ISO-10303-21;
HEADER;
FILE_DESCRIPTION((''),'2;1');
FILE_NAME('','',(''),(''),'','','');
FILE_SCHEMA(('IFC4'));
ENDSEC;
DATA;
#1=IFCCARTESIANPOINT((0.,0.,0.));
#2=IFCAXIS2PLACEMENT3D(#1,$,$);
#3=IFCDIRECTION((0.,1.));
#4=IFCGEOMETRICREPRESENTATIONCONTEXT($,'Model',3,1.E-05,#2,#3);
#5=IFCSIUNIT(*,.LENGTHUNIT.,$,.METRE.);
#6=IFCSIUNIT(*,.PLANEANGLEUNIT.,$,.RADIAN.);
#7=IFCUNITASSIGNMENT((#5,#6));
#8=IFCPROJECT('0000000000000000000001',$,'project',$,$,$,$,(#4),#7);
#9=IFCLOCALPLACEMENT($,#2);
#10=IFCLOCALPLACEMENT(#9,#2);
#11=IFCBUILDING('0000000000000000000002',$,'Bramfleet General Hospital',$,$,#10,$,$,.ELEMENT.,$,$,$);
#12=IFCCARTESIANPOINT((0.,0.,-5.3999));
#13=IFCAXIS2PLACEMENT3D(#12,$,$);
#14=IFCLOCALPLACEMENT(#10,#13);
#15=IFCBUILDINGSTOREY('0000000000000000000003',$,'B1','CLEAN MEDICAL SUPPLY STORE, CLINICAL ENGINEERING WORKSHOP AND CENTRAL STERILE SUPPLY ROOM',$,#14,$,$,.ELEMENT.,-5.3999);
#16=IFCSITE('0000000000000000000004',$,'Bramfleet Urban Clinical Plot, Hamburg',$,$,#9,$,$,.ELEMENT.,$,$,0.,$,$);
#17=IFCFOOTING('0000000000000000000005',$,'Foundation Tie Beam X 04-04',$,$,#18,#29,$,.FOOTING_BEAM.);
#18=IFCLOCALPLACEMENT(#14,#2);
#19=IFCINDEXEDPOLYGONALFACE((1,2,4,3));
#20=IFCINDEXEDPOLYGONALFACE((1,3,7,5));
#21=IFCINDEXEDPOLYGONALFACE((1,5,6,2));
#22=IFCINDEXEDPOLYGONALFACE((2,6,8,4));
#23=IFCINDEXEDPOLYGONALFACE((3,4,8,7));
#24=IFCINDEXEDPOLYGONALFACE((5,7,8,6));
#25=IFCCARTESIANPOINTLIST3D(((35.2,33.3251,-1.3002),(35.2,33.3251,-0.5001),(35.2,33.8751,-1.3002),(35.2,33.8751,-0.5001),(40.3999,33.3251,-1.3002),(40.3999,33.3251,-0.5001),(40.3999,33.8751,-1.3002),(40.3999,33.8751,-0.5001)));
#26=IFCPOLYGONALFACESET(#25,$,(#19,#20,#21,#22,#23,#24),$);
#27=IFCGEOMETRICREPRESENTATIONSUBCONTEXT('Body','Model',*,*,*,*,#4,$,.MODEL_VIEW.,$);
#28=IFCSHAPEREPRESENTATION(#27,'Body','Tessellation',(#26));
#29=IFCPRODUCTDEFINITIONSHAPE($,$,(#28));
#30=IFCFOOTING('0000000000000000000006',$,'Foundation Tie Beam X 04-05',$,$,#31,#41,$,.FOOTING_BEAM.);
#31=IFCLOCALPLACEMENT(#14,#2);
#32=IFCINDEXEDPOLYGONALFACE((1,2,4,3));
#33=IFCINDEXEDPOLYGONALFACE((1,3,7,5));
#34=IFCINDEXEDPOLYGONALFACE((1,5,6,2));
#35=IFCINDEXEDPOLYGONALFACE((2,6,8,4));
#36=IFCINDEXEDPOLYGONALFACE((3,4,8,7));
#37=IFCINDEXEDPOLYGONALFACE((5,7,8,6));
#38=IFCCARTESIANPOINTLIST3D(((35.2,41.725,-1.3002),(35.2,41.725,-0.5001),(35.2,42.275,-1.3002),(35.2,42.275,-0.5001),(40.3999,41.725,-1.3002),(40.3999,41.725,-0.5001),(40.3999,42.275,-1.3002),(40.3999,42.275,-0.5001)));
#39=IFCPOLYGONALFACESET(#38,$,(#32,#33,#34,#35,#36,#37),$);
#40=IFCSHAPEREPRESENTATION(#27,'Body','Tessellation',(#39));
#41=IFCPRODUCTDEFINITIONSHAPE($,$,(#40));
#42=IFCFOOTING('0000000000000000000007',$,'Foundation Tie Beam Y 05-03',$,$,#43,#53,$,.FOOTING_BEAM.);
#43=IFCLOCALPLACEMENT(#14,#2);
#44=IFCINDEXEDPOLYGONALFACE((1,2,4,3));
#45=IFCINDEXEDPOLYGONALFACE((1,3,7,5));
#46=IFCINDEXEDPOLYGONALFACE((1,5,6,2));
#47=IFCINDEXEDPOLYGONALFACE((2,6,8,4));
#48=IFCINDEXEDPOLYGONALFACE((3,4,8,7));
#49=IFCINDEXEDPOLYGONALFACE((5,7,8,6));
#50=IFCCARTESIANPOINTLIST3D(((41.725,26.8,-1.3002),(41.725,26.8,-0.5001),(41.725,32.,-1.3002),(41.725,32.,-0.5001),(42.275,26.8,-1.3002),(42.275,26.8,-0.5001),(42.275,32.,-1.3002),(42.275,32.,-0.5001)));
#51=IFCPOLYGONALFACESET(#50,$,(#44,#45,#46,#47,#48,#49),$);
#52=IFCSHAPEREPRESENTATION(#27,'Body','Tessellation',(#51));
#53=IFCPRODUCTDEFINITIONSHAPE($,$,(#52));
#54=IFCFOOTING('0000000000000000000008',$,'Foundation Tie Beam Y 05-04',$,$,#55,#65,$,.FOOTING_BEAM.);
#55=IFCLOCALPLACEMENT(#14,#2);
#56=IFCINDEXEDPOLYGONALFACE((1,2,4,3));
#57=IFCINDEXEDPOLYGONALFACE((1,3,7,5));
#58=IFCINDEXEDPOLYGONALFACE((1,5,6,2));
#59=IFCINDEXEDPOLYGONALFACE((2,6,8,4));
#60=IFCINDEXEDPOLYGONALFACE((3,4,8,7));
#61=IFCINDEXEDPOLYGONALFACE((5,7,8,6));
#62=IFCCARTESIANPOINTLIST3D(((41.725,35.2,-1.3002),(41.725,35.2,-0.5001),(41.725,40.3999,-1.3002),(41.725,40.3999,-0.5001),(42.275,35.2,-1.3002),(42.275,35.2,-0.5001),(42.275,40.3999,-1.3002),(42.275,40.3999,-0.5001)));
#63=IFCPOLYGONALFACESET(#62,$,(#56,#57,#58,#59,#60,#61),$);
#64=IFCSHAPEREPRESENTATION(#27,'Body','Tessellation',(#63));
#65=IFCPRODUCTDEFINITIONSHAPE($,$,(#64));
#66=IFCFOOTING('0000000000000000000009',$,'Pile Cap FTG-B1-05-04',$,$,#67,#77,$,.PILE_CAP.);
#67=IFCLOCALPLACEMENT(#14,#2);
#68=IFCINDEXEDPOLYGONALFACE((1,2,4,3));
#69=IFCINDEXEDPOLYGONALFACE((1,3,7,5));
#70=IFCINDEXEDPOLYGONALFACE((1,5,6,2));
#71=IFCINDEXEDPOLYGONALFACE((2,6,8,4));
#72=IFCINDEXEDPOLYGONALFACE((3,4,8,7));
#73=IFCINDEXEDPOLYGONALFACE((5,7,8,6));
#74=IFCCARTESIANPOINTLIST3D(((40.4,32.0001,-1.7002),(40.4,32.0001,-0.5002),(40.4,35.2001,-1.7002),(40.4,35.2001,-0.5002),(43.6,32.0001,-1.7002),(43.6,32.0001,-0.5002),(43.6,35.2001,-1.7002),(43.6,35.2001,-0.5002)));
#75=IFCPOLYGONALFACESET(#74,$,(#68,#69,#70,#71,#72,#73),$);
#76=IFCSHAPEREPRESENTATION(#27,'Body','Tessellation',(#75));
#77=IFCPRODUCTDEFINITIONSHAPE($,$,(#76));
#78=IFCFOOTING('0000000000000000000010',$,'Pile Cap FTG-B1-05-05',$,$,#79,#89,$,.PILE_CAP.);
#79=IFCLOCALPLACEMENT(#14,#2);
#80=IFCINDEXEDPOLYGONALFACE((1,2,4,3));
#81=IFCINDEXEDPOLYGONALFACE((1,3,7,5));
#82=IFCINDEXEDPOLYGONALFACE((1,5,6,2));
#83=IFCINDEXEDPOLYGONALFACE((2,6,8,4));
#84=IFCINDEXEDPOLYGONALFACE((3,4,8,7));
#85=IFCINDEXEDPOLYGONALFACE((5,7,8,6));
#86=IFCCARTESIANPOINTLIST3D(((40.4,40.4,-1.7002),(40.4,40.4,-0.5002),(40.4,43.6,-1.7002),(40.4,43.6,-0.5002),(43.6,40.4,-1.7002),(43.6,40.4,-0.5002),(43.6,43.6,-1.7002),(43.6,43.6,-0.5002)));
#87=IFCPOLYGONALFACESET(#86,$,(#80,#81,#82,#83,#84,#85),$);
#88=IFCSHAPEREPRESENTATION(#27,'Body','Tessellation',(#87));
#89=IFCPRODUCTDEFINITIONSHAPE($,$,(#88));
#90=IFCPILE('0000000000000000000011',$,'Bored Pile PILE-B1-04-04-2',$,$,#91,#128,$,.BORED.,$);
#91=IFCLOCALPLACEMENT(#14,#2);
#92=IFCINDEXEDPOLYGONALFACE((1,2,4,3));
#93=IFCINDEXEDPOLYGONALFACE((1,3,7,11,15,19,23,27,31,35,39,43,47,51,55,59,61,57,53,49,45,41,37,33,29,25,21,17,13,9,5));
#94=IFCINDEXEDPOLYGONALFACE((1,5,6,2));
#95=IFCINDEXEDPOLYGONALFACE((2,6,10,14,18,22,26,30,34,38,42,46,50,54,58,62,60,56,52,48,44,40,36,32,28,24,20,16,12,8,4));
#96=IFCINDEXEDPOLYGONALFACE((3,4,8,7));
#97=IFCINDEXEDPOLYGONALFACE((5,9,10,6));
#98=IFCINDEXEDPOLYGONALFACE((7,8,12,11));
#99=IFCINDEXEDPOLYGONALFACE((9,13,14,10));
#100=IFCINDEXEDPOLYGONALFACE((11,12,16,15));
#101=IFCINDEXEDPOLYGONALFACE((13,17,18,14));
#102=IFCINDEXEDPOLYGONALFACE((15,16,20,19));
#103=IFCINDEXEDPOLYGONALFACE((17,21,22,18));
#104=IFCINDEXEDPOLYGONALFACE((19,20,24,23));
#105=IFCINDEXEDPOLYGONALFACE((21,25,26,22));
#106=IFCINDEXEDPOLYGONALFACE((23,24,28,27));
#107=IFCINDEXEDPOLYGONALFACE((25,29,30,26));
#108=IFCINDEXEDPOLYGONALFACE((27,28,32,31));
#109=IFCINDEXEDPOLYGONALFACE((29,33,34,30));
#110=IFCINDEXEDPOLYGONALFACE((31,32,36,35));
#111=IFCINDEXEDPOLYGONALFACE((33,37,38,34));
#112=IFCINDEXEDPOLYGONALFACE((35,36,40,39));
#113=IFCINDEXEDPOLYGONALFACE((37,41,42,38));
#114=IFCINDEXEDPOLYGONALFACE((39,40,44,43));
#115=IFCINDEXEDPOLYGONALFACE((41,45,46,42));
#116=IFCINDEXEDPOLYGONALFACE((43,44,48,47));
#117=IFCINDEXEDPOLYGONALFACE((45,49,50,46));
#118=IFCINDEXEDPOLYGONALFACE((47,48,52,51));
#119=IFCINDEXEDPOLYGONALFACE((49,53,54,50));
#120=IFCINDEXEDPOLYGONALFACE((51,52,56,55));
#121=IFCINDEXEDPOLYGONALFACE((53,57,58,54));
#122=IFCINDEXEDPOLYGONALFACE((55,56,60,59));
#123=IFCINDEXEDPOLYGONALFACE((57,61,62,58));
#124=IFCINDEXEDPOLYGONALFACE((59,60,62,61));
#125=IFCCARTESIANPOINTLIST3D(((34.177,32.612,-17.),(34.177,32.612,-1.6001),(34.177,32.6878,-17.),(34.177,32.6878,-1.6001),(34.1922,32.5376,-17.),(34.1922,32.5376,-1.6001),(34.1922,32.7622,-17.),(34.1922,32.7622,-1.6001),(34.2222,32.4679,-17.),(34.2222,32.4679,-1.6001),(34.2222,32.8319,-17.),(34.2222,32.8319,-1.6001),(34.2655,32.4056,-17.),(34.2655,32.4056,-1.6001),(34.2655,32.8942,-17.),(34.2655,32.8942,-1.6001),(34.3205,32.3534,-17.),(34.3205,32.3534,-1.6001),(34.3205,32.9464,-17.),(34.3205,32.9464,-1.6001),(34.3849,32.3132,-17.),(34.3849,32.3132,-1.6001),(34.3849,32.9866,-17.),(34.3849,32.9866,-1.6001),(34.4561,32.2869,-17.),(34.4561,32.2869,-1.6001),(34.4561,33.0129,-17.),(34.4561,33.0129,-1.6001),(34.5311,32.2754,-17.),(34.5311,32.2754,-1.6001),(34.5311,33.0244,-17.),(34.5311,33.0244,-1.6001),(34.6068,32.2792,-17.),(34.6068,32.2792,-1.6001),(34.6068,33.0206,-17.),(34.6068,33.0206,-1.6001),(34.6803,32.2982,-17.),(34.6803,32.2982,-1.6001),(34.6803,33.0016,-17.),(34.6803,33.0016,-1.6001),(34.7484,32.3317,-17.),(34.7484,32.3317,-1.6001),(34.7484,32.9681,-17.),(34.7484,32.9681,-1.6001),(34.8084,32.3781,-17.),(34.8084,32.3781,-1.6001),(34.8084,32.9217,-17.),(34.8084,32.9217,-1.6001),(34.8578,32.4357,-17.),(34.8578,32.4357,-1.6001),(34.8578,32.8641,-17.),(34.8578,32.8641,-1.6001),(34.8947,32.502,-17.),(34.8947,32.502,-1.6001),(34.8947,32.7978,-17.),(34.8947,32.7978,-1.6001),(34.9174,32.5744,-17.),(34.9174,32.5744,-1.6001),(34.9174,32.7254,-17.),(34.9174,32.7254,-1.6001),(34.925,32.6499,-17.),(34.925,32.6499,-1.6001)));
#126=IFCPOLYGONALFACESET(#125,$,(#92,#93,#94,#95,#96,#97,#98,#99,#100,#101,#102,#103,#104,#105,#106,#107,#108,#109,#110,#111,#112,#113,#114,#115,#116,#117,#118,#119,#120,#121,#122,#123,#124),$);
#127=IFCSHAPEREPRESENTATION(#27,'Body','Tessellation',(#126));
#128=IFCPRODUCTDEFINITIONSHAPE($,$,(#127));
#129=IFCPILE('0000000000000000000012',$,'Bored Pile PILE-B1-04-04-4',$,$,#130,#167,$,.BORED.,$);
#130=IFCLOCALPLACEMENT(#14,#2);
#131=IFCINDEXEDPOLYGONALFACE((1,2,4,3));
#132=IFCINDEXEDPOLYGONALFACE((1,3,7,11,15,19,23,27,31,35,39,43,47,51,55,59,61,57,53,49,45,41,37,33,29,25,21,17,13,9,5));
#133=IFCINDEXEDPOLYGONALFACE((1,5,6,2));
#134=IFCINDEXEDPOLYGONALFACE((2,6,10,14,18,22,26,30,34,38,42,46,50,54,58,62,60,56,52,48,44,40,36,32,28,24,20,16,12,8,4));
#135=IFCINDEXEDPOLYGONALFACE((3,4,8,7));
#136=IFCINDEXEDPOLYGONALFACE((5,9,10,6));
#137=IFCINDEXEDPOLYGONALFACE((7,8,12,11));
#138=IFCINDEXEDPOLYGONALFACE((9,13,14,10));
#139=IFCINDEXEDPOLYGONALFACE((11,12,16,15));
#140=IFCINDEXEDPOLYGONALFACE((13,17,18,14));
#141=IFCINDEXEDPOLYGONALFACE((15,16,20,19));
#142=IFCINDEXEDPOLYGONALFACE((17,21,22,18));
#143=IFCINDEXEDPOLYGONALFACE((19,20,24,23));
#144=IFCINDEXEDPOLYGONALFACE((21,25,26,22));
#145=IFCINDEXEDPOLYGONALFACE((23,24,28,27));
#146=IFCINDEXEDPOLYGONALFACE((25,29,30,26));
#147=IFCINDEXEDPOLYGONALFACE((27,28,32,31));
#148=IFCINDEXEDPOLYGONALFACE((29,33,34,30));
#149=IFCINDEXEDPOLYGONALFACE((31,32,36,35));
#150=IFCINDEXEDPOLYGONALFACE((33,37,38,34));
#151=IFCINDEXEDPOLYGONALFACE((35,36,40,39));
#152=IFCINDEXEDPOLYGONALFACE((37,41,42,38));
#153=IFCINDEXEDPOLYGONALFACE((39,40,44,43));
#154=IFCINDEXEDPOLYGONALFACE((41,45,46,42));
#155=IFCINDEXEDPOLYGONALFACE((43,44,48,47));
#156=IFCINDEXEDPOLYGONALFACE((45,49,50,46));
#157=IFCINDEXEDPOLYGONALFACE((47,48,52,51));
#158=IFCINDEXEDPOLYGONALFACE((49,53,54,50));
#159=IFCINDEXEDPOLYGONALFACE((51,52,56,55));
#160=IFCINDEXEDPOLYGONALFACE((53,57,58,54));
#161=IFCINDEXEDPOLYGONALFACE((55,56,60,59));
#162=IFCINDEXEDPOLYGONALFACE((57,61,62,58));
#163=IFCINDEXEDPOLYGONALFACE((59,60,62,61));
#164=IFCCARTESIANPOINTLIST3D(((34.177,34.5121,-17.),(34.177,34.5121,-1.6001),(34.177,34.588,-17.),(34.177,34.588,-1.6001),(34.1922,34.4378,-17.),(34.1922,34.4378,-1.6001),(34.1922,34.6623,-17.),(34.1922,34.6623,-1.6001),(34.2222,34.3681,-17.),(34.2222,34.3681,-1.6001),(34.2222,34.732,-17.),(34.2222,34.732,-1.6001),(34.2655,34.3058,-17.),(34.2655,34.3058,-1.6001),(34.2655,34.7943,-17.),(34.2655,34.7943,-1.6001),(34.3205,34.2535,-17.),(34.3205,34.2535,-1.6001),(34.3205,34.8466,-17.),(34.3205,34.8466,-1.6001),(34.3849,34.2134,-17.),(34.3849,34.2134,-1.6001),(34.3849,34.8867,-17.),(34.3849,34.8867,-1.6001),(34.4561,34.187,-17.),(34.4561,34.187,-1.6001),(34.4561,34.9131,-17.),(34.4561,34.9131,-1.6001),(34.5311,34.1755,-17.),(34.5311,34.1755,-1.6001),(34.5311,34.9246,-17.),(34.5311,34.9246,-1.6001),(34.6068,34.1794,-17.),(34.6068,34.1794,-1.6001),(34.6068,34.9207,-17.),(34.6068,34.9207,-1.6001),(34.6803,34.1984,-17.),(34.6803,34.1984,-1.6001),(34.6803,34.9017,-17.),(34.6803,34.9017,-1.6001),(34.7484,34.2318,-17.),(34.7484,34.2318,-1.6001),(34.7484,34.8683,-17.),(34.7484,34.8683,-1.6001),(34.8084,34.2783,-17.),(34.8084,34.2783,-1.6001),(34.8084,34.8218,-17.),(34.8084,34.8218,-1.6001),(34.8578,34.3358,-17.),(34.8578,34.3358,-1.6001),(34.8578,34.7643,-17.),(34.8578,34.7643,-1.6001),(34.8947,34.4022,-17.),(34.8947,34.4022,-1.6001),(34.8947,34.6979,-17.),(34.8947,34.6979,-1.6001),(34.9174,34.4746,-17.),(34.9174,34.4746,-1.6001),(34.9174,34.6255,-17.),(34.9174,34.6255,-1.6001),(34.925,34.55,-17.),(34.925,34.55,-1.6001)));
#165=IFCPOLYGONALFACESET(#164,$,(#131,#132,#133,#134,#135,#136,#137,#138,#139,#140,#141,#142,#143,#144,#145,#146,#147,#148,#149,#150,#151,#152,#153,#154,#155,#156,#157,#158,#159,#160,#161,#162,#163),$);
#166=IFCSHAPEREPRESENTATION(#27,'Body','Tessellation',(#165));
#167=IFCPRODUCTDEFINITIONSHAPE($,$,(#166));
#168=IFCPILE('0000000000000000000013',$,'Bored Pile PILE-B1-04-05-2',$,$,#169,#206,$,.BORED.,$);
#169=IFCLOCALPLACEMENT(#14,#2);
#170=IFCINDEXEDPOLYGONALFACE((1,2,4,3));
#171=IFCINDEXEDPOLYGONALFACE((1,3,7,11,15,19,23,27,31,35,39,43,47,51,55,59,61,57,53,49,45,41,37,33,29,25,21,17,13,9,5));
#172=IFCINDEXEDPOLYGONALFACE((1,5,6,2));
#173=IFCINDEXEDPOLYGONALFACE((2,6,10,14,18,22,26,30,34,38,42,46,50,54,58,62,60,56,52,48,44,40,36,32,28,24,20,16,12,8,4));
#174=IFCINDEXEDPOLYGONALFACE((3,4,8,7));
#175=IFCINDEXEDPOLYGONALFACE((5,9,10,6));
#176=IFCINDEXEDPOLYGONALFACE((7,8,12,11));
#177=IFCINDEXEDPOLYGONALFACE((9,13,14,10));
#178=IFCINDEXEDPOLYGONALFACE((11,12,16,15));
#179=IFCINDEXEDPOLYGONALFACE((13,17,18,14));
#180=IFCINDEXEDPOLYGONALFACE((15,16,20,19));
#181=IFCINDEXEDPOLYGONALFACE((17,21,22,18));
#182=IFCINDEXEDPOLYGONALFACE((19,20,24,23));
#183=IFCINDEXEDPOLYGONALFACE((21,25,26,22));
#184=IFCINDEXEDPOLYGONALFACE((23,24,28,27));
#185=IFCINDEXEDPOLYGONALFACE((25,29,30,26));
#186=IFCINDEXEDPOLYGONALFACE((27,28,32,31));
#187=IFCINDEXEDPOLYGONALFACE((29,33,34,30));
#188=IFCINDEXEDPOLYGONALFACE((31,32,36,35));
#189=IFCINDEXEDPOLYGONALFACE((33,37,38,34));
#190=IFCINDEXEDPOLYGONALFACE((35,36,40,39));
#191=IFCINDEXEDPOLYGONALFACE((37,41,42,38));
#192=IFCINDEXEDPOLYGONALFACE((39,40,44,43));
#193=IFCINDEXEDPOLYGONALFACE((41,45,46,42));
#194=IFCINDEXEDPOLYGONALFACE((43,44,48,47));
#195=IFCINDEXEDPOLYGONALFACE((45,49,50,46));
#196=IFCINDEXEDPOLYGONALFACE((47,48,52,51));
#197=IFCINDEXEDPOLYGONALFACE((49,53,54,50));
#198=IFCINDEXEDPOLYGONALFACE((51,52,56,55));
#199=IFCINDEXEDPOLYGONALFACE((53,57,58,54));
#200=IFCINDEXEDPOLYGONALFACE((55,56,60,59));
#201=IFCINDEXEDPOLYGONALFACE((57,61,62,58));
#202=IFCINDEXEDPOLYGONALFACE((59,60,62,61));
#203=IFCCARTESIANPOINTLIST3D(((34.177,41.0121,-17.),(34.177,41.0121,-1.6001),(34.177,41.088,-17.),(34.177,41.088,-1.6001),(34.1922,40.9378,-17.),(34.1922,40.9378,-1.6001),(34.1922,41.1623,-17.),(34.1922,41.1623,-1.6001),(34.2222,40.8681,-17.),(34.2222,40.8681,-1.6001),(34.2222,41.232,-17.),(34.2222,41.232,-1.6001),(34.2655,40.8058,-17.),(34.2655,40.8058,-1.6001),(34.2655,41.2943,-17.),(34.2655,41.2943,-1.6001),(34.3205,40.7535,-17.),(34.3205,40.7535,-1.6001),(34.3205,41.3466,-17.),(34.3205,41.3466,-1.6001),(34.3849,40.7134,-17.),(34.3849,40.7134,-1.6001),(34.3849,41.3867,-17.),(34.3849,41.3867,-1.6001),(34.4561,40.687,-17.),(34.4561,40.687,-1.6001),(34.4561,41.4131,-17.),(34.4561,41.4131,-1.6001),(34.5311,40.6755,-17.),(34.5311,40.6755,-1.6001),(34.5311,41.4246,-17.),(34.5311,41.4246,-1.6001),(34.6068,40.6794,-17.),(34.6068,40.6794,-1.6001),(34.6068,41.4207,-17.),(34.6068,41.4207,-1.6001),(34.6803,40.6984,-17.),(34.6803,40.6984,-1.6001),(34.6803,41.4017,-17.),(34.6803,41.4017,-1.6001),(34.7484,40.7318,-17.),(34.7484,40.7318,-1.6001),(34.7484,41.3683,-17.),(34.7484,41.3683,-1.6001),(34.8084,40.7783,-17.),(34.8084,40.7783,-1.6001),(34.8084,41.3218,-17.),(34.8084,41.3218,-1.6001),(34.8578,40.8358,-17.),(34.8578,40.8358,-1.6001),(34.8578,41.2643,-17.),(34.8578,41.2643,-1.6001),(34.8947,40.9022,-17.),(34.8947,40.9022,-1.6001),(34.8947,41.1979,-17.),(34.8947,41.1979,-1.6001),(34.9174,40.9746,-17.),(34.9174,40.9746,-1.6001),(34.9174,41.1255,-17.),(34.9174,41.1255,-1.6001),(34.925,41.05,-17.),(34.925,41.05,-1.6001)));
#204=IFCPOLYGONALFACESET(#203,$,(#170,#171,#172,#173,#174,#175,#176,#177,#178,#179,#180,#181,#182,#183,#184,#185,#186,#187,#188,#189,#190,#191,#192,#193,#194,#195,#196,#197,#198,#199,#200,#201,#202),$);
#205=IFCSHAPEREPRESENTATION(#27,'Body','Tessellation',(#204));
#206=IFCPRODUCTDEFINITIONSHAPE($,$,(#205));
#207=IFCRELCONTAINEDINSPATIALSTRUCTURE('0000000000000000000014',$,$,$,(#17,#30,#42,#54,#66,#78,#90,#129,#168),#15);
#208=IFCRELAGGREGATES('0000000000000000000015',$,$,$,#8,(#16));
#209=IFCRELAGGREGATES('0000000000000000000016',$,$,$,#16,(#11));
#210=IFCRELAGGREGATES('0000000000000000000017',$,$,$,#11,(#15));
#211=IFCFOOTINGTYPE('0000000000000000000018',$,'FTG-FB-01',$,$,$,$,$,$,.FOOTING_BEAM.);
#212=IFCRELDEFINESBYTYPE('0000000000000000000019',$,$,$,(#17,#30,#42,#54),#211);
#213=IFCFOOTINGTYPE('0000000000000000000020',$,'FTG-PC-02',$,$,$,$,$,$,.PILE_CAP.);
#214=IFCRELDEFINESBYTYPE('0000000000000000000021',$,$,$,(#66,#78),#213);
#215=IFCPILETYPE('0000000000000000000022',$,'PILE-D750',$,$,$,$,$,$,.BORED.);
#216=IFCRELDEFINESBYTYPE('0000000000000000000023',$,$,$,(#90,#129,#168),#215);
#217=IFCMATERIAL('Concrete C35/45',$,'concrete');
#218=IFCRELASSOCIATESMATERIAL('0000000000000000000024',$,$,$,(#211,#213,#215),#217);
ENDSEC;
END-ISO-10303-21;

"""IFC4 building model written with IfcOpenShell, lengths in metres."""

from ifc_helpers import new_model, si_unit, direction, frame, origin, origin_2d, place, context, subcontext, project, spatial, rectangle, circle, extrude, material, material_profile, profile_set, type_object, element, save


model = new_model("IFC4")

# Units and contexts
model_context = context("Model", 3, precision=1e-05, world=origin(), true_north=direction((0.0, 1.0)))
body_context = subcontext(model_context, "Body", "Model", "MODEL_VIEW")
ifc_project = project(units=[si_unit("LENGTHUNIT", "METRE"), si_unit("PLANEANGLEUNIT", "RADIAN")], contexts=[model_context])

# Site, building, storey
site_placement = place(None, origin())
site = spatial("IfcSite", under=ifc_project, at=site_placement, Name="Bramfleet Urban Clinical Plot, Hamburg", CompositionType="ELEMENT", RefElevation=0.0)
building_placement = place(site_placement, origin())
building = spatial("IfcBuilding", under=site, at=building_placement, Name="Bramfleet General Hospital", CompositionType="ELEMENT")
storey_placement = place(building_placement, frame((0.0, 0.0, -5.3999)))
storey = spatial("IfcBuildingStorey", under=building, at=storey_placement, Name="B1", Description="CLEAN MEDICAL SUPPLY STORE, CLINICAL ENGINEERING WORKSHOP AND CENTRAL STERILE SUPPLY ROOM", CompositionType="ELEMENT", Elevation=-5.3999)

# Footings
ifc_material_1 = material(Name="Concrete C35/45", Category="concrete")
ifc_material_profile_1 = material_profile(ifc_material_1, rectangle(XDim=0.55, YDim=0.8, at=origin_2d()), Name="RC FB 800x550")
ifc_profile_set_1 = profile_set([ifc_material_profile_1], Name="Concrete C35/45")
footing_type_1 = type_object("IfcFootingType", Name="FTG-FB-01", PredefinedType="FOOTING_BEAM", material=ifc_profile_set_1)
for number, where, z_axis, x_axis, name in (
    (1, (35.2, 33.6001, -0.9001), (1.0, 0.0, 0.0), (0.0, 1.0, 0.0), "Foundation Tie Beam X 04-04"),
    (2, (35.2, 42.0, -0.9001), (1.0, 0.0, 0.0), (0.0, 1.0, 0.0), "Foundation Tie Beam X 04-05"),
    (3, (42.0, 26.8, -0.9001), (0.0, 1.0, 0.0), (-1.0, 0.0, 0.0), "Foundation Tie Beam Y 05-03"),
    (4, (42.0, 35.2, -0.9001), (0.0, 1.0, 0.0), (-1.0, 0.0, 0.0), "Foundation Tie Beam Y 05-04"),
):
    element("IfcFooting", number, at=place(storey_placement, frame(where, z_axis=z_axis, x_axis=x_axis)), inside=storey, type_object=footing_type_1, Name=name, PredefinedType="FOOTING_BEAM", context=body_context, shape_type="SweptSolid", body=[
        extrude(rectangle(XDim=0.55, YDim=0.8, at=origin_2d()), origin(), (0.0, 0.0, 1.0), 5.2),
    ])
footing_type_2 = type_object("IfcFootingType", Name="FTG-PC-02", PredefinedType="PILE_CAP", material=ifc_material_1)
for number, where, z_axis, x_axis, name in (
    (5, (42.0, 33.6001, -1.7002), (0.0, 0.0, 1.0), (1.0, 0.0, 0.0), "Pile Cap FTG-B1-05-04"),
    (6, (42.0, 42.0, -1.7002), (0.0, 0.0, 1.0), (1.0, 0.0, 0.0), "Pile Cap FTG-B1-05-05"),
):
    element("IfcFooting", number, at=place(storey_placement, frame(where, z_axis=z_axis, x_axis=x_axis)), inside=storey, type_object=footing_type_2, Name=name, PredefinedType="PILE_CAP", context=body_context, shape_type="SweptSolid", body=[
        extrude(rectangle(XDim=3.2, YDim=3.2, at=origin_2d()), origin(), (0.0, 0.0, 1.0), 1.2),
    ])

# Piles
ifc_material_profile_2 = material_profile(ifc_material_1, circle(Radius=0.375, at=origin_2d()), Name="PILE BORED D750")
ifc_profile_set_2 = profile_set([ifc_material_profile_2], Name="Concrete C35/45")
pile_type_1 = type_object("IfcPileType", Name="PILE-D750", PredefinedType="BORED", material=ifc_profile_set_2)
for number, where, z_axis, x_axis, name in (
    (7, (34.55, 32.6499, -1.6001), (0.0, 0.0, -1.0), (1.0, 0.0, 0.0), "Bored Pile PILE-B1-04-04-2"),
    (8, (34.55, 34.55, -1.6001), (0.0, 0.0, -1.0), (1.0, 0.0, 0.0), "Bored Pile PILE-B1-04-04-4"),
    (9, (34.55, 41.05, -1.6001), (0.0, 0.0, -1.0), (1.0, 0.0, 0.0), "Bored Pile PILE-B1-04-05-2"),
):
    element("IfcPile", number, at=place(storey_placement, frame(where, z_axis=z_axis, x_axis=x_axis)), inside=storey, type_object=pile_type_1, Name=name, PredefinedType="BORED", context=body_context, shape_type="SweptSolid", body=[
        extrude(circle(Radius=0.375, at=origin_2d()), origin(), (0.0, 0.0, 1.0), 15.3999),
    ])

save(model, "model.ifc")
